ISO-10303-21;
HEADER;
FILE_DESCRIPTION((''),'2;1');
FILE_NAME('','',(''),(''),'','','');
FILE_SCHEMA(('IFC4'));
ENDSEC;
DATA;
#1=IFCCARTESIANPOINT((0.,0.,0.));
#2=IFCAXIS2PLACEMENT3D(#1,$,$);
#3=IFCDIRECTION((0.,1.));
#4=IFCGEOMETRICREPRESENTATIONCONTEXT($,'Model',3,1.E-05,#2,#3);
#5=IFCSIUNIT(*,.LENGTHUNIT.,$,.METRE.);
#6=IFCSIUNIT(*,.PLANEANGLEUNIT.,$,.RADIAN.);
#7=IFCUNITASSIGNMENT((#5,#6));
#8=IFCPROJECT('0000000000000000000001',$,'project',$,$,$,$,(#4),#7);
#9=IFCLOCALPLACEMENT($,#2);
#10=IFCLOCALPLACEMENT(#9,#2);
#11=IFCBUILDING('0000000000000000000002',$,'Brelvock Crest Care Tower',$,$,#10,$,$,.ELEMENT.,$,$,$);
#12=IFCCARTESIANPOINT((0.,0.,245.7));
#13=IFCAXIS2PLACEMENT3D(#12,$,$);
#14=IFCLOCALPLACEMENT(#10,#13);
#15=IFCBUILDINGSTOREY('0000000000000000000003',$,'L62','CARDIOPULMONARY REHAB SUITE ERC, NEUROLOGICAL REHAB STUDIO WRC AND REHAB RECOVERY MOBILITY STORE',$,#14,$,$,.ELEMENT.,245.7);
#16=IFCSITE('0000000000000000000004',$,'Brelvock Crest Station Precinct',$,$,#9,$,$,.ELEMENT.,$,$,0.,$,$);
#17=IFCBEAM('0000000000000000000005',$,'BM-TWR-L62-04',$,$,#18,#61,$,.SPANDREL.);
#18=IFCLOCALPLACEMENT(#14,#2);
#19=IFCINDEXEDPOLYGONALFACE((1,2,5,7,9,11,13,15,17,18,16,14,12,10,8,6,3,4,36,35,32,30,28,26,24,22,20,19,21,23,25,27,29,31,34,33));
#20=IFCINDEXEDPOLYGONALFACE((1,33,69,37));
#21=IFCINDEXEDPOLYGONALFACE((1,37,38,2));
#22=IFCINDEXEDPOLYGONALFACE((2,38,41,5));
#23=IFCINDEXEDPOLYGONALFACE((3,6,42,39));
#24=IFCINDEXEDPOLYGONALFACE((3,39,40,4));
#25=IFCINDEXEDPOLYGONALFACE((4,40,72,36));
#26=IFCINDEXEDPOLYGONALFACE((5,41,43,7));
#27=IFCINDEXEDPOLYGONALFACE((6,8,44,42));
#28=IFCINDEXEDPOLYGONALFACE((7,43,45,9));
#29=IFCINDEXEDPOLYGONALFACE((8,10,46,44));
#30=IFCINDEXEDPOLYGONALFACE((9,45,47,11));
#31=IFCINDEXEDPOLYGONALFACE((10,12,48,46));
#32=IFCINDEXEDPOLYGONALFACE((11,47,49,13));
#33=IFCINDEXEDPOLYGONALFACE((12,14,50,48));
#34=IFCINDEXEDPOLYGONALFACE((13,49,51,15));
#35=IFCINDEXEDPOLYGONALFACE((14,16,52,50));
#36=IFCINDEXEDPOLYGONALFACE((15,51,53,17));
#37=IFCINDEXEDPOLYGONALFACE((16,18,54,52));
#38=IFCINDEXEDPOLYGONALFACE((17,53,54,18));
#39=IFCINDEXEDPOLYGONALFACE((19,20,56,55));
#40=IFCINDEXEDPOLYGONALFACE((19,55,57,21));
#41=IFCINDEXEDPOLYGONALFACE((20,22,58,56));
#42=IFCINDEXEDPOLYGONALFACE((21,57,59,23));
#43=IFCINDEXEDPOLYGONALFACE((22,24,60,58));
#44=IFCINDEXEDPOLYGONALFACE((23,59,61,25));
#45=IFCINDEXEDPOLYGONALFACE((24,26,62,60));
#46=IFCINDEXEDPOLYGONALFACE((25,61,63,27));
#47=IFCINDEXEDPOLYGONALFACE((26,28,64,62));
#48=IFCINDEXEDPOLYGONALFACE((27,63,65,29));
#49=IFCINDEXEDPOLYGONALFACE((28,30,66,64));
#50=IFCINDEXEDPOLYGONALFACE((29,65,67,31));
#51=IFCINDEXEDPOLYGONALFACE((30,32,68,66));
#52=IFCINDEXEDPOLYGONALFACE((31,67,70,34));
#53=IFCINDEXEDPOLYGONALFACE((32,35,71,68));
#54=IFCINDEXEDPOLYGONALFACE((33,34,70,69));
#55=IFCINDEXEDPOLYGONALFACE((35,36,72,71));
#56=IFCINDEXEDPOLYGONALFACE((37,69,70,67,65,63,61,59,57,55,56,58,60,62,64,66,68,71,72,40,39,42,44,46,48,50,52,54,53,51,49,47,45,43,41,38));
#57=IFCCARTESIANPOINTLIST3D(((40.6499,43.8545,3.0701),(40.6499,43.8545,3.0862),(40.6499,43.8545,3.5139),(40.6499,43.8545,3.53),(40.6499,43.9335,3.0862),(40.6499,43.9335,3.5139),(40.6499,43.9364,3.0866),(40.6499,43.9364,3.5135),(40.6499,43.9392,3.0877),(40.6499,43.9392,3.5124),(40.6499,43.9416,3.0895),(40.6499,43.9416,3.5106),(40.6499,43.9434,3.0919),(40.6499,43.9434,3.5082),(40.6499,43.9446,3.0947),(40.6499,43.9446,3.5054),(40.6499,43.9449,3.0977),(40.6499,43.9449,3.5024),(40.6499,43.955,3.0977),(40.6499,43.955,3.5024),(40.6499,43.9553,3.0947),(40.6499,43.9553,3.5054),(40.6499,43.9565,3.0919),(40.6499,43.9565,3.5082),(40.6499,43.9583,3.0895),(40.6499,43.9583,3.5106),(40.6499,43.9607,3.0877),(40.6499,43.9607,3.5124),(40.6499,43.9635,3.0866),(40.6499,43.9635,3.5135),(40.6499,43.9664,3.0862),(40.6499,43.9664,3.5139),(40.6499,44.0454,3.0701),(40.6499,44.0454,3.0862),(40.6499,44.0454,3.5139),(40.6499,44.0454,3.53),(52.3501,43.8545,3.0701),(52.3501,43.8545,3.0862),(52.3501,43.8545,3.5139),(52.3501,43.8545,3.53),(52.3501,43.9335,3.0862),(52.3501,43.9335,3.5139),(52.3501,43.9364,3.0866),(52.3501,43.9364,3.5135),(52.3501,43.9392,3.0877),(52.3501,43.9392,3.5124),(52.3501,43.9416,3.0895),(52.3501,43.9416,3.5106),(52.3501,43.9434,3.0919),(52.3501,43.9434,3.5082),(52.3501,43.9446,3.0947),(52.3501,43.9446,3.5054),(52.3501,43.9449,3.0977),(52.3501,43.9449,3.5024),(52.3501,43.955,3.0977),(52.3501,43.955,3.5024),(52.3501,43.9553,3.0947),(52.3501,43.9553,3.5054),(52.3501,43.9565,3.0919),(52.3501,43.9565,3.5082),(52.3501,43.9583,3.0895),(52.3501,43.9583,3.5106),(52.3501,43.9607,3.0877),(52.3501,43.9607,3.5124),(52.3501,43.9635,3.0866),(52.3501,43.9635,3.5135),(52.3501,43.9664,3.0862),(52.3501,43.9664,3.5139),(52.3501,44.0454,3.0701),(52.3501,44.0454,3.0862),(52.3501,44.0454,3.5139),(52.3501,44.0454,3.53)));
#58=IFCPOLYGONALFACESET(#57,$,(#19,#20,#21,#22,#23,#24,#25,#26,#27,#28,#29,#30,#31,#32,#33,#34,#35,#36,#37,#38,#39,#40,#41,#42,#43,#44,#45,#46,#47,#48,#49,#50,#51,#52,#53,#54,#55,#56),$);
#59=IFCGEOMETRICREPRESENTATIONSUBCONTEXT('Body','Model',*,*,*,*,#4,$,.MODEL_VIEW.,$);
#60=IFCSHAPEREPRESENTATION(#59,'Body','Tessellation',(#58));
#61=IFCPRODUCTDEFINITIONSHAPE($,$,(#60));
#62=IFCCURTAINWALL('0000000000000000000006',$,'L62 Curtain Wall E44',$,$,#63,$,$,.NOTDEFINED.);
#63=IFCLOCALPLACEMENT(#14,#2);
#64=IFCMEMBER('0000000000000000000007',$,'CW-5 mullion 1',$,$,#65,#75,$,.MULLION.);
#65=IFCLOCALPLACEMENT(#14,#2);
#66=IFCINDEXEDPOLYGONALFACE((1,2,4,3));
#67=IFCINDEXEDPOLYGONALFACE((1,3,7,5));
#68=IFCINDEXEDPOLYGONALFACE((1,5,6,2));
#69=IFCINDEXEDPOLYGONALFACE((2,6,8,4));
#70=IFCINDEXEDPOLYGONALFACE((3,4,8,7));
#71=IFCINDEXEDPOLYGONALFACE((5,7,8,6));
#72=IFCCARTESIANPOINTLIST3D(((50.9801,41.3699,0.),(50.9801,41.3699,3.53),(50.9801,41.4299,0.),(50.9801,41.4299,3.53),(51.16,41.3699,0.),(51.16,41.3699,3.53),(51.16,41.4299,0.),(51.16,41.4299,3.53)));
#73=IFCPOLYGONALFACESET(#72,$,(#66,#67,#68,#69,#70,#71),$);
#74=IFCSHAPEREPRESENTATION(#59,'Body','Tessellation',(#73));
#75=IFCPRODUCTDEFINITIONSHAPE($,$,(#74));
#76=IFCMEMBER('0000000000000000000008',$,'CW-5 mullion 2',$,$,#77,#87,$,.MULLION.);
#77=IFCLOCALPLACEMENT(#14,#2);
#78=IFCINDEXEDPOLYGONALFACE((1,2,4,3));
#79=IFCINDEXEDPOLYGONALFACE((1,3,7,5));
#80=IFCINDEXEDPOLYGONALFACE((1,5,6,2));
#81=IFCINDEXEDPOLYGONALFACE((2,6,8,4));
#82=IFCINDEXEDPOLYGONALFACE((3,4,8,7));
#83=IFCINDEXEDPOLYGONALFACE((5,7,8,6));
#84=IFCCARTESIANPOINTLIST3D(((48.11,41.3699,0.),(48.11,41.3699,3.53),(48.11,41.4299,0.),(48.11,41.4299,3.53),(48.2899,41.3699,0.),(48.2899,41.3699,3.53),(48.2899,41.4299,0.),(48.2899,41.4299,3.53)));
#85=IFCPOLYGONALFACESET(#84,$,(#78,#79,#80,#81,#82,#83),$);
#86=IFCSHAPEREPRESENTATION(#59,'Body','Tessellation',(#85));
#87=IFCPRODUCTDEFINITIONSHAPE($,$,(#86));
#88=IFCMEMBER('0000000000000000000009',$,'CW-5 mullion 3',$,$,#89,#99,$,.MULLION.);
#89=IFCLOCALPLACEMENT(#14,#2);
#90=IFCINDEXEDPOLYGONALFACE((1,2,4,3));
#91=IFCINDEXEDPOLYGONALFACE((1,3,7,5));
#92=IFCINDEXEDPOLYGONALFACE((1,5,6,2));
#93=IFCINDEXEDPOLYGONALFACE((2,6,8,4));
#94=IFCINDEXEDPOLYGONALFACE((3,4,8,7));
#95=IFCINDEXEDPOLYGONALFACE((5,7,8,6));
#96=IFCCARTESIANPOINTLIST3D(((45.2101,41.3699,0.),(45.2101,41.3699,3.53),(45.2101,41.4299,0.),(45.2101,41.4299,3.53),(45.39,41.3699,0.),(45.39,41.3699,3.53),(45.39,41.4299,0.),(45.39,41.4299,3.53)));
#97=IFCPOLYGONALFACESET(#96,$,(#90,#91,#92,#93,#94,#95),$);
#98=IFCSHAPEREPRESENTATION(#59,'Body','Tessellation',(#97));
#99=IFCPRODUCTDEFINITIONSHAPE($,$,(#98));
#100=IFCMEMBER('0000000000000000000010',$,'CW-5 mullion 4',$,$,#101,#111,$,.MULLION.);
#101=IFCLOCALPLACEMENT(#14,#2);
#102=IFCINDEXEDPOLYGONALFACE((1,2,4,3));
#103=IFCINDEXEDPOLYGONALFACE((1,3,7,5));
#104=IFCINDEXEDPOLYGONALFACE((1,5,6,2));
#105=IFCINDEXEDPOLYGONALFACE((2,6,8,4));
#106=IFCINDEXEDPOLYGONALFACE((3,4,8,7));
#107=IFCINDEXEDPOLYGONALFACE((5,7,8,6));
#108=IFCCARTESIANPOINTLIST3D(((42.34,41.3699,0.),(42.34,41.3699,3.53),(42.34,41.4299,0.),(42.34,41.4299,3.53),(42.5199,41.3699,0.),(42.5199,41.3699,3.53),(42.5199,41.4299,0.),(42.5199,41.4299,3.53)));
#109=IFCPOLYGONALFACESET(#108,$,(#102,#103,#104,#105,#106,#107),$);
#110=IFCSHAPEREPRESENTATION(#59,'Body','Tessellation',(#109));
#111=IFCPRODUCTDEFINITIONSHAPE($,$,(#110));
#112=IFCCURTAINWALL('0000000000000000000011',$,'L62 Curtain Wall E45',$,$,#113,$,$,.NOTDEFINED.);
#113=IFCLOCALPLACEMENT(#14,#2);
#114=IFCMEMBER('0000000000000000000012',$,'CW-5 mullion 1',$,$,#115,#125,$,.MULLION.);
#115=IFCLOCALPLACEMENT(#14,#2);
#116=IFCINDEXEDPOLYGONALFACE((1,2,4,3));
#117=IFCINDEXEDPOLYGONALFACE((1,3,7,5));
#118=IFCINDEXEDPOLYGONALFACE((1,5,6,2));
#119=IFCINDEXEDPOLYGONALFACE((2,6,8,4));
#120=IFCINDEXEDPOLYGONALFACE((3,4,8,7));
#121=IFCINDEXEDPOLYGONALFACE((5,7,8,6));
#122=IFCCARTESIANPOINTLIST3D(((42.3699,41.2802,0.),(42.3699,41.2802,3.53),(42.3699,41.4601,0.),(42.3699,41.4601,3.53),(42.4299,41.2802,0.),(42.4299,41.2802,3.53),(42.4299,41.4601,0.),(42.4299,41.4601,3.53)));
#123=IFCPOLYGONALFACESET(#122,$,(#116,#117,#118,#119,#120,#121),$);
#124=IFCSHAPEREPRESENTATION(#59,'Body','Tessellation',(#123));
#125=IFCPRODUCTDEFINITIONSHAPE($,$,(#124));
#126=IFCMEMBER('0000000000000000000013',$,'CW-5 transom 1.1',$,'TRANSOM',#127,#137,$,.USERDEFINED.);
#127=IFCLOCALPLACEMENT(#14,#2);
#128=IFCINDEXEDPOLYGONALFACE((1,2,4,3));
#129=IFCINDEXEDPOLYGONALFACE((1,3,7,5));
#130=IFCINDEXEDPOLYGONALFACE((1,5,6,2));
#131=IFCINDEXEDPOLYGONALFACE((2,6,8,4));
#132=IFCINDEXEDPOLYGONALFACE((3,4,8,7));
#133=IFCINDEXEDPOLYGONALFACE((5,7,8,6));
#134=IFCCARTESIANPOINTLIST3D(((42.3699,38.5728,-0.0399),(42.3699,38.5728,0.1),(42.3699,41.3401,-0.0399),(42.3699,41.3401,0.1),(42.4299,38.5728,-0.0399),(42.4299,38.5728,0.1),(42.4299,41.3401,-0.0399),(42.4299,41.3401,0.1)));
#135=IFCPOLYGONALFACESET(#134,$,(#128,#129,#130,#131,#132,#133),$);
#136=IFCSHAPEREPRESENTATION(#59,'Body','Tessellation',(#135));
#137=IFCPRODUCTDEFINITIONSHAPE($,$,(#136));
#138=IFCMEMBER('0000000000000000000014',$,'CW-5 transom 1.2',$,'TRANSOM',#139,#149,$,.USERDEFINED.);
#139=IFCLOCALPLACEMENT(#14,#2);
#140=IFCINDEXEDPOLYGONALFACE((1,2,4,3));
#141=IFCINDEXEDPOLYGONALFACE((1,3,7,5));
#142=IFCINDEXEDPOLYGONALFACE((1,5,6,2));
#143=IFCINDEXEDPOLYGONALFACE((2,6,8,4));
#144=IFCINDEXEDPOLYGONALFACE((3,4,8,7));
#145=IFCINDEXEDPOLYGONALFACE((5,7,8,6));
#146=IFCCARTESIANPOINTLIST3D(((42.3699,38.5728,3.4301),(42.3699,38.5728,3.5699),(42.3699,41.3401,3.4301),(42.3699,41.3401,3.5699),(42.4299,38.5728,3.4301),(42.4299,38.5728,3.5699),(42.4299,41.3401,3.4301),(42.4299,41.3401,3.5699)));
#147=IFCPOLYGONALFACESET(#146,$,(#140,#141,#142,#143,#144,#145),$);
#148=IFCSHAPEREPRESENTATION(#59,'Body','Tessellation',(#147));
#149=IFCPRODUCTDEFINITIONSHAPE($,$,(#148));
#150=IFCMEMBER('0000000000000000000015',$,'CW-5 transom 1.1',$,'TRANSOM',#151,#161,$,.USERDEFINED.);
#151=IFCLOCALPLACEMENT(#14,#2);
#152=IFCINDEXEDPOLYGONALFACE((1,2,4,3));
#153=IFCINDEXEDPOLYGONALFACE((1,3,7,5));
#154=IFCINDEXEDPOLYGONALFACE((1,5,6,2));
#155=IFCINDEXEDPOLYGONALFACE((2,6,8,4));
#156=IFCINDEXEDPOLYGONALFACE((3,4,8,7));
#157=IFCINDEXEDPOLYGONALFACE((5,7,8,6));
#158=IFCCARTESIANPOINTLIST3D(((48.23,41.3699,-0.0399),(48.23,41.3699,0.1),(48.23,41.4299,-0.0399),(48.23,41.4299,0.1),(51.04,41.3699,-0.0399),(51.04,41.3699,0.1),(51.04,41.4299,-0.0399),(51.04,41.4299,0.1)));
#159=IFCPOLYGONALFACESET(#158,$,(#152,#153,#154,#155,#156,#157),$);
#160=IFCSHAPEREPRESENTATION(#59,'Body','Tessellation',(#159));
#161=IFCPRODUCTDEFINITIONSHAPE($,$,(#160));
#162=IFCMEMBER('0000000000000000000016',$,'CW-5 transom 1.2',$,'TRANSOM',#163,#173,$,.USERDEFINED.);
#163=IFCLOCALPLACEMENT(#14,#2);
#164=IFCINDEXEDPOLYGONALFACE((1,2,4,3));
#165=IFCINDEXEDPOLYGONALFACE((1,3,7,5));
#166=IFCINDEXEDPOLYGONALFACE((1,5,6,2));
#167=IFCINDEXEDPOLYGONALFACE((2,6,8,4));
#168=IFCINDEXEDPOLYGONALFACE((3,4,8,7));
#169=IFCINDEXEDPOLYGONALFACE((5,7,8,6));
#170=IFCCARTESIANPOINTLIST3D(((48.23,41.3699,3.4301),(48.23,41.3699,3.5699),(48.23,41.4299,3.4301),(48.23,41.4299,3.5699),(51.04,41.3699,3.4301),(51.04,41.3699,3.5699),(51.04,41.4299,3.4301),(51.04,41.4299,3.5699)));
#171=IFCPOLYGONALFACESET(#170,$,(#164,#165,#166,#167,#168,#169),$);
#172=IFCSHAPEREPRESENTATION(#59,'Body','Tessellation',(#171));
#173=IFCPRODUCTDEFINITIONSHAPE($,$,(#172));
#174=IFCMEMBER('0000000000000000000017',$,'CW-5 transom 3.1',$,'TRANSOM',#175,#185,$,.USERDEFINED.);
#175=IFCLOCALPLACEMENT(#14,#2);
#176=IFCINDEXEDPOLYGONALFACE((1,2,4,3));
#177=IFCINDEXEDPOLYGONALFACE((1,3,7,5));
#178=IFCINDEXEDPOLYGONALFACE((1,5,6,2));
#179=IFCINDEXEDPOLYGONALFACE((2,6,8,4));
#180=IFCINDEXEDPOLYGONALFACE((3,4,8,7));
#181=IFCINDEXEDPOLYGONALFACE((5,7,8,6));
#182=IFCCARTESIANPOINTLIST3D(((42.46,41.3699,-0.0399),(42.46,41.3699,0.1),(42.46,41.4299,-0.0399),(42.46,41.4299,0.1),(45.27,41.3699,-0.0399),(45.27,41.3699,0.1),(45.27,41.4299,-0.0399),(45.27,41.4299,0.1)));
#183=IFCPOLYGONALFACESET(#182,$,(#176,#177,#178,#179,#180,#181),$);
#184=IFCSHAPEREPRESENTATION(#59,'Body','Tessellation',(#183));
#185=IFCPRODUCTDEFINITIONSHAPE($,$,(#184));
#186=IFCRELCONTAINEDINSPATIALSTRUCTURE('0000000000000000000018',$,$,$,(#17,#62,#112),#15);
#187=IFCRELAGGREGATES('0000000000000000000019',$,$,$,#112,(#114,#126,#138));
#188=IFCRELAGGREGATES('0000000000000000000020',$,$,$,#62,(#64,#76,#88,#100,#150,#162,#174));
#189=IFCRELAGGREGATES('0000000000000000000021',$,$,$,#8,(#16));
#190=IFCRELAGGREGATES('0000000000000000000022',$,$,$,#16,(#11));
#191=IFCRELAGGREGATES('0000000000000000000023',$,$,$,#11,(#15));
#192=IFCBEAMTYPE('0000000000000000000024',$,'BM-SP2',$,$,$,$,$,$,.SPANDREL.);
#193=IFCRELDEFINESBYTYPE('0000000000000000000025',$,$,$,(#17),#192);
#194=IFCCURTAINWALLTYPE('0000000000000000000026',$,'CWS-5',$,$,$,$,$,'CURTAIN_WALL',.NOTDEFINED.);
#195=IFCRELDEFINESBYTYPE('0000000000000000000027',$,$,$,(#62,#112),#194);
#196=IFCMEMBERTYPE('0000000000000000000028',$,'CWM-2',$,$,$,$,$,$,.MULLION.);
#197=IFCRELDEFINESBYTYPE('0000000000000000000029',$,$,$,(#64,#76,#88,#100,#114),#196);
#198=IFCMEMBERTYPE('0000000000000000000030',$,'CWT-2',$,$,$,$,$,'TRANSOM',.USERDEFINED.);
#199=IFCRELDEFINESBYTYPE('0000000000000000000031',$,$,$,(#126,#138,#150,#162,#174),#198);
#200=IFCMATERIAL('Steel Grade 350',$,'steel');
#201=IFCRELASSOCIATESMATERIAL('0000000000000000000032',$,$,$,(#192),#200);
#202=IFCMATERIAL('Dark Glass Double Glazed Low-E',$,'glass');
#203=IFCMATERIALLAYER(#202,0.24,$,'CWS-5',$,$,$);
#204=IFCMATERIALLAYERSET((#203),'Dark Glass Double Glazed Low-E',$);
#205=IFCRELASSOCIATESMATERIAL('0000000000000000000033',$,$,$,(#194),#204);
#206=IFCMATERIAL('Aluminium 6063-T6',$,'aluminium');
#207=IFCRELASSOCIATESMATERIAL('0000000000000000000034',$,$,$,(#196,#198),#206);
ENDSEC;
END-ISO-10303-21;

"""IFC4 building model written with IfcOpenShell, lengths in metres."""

from ifc_helpers import new_model, si_unit, direction, frame, origin, origin_2d, place, context, subcontext, project, spatial, rectangle, i_section, extrude, source, transform, mapped, material, layer, layer_set, material_profile, profile_set, type_object, element, aggregate, save


model = new_model("IFC4")

# Units and contexts
model_context = context("Model", 3, precision=1e-05, world=origin(), true_north=direction((0.0, 1.0)))
body_context = subcontext(model_context, "Body", "Model", "MODEL_VIEW")
ifc_project = project(units=[si_unit("LENGTHUNIT", "METRE"), si_unit("PLANEANGLEUNIT", "RADIAN")], contexts=[model_context])

# Site, building, storey
site_placement = place(None, origin())
site = spatial("IfcSite", under=ifc_project, at=site_placement, Name="Brelvock Crest Station Precinct", CompositionType="ELEMENT", RefElevation=0.0)
building_placement = place(site_placement, origin())
building = spatial("IfcBuilding", under=site, at=building_placement, Name="Brelvock Crest Care Tower", CompositionType="ELEMENT")
storey_placement = place(building_placement, frame((0.0, 0.0, 245.7)))
storey = spatial("IfcBuildingStorey", under=building, at=storey_placement, Name="L62", Description="CARDIOPULMONARY REHAB SUITE ERC, NEUROLOGICAL REHAB STUDIO WRC AND REHAB RECOVERY MOBILITY STORE", CompositionType="ELEMENT", Elevation=245.7)

# Shared definitions
ifc_material_1 = material(Name="Steel Grade 350", Category="steel")

# Beam
ifc_material_profile_1 = material_profile(ifc_material_1, i_section(OverallWidth=0.1909, OverallDepth=0.46, WebThickness=0.01, FlangeThickness=0.0161, FilletRadius=0.0115, at=origin_2d()), Name="460UB82.1")
ifc_profile_set_1 = profile_set([ifc_material_profile_1], Name="Steel Grade 350")
beam_type_1 = type_object("IfcBeamType", Name="BM-SP2", PredefinedType="SPANDREL", material=ifc_profile_set_1)
shared_shape_1 = source(origin(), body_context, "Body", "SweptSolid", [
    extrude(i_section(OverallWidth=0.1909, OverallDepth=0.46, WebThickness=0.01, FlangeThickness=0.0161, FilletRadius=0.0115, at=origin_2d()), origin(), (0.0, 0.0, 1.0), 11.7002),
])
beam_1_placement = place(storey_placement, frame((40.6499, 43.95, 3.3), z_axis=(1.0, 0.0, 0.0), x_axis=(0.0, 1.0, 0.0)))
element("IfcBeam", 1, at=beam_1_placement, inside=storey, type_object=beam_type_1, Name="BM-TWR-L62-04", PredefinedType="SPANDREL", context=body_context, shape_type="MappedRepresentation", body=[
    mapped(shared_shape_1, transform((0.0, 0.0, 0.0), x_axis=(1.0, 0.0, 0.0), y_axis=(0.0, 1.0, 0.0), z_axis=(0.0, 0.0, 1.0), scale=1.0)),
])

# Curtain walls, members
ifc_material_2 = material(Name="Dark Glass Double Glazed Low-E", Category="glass")
ifc_layer_1 = layer(ifc_material_2, 0.24, Name="CWS-5")
ifc_layer_set_1 = layer_set([ifc_layer_1], Name="Dark Glass Double Glazed Low-E")
curtain_wall_type = type_object("IfcCurtainWallType", Name="CWS-5", ElementType="CURTAIN_WALL", PredefinedType="NOTDEFINED", material=ifc_layer_set_1)
curtain_wall_1_placement = place(storey_placement, origin())
curtain_wall_1 = element("IfcCurtainWall", 2, at=curtain_wall_1_placement, inside=storey, type_object=curtain_wall_type, Name="L62 Curtain Wall E44", PredefinedType="NOTDEFINED")
ifc_material_3 = material(Name="Aluminium 6063-T6", Category="aluminium")
ifc_material_profile_2 = material_profile(ifc_material_3, rectangle(XDim=0.0601, YDim=0.1799, at=origin_2d()), Name="ALU60x180")
ifc_profile_set_2 = profile_set([ifc_material_profile_2], Name="Aluminium 6063-T6")
member_type_1 = type_object("IfcMemberType", Name="CWM-2", PredefinedType="MULLION", material=ifc_profile_set_2)
shared_shape_2 = source(origin(), body_context, "Body", "SweptSolid", [
    extrude(rectangle(XDim=0.0601, YDim=0.1799, at=origin_2d()), origin(), (0.0, 0.0, 1.0), 3.53),
])
member_1_placement = place(storey_placement, frame((51.0701, 41.3999, 0.0), z_axis=(0.0, 0.0, 1.0), x_axis=(0.0, -1.0, 0.0)))
member_1 = element("IfcMember", 3, at=member_1_placement, type_object=member_type_1, Name="CW-5 mullion 1", PredefinedType="MULLION", context=body_context, shape_type="MappedRepresentation", body=[
    mapped(shared_shape_2, transform((0.0, 0.0, 0.0), x_axis=(1.0, 0.0, 0.0), y_axis=(0.0, 1.0, 0.0), z_axis=(0.0, 0.0, 1.0), scale=1.0)),
])
member_2_placement = place(storey_placement, frame((48.2, 41.3999, 0.0), z_axis=(0.0, 0.0, 1.0), x_axis=(0.0, -1.0, 0.0)))
member_2 = element("IfcMember", 4, at=member_2_placement, type_object=member_type_1, Name="CW-5 mullion 2", PredefinedType="MULLION", context=body_context, shape_type="MappedRepresentation", body=[
    mapped(shared_shape_2, transform((0.0, 0.0, 0.0), x_axis=(1.0, 0.0, 0.0), y_axis=(0.0, 1.0, 0.0), z_axis=(0.0, 0.0, 1.0), scale=1.0)),
])
member_3_placement = place(storey_placement, frame((45.3, 41.3999, 0.0), z_axis=(0.0, 0.0, 1.0), x_axis=(0.0, -1.0, 0.0)))
member_3 = element("IfcMember", 5, at=member_3_placement, type_object=member_type_1, Name="CW-5 mullion 3", PredefinedType="MULLION", context=body_context, shape_type="MappedRepresentation", body=[
    mapped(shared_shape_2, transform((0.0, 0.0, 0.0), x_axis=(1.0, 0.0, 0.0), y_axis=(0.0, 1.0, 0.0), z_axis=(0.0, 0.0, 1.0), scale=1.0)),
])
member_4_placement = place(storey_placement, frame((42.4299, 41.3999, 0.0), z_axis=(0.0, 0.0, 1.0), x_axis=(0.0, -1.0, 0.0)))
member_4 = element("IfcMember", 6, at=member_4_placement, type_object=member_type_1, Name="CW-5 mullion 4", PredefinedType="MULLION", context=body_context, shape_type="MappedRepresentation", body=[
    mapped(shared_shape_2, transform((0.0, 0.0, 0.0), x_axis=(1.0, 0.0, 0.0), y_axis=(0.0, 1.0, 0.0), z_axis=(0.0, 0.0, 1.0), scale=1.0)),
])
curtain_wall_2_placement = place(storey_placement, origin())
curtain_wall_2 = element("IfcCurtainWall", 7, at=curtain_wall_2_placement, inside=storey, type_object=curtain_wall_type, Name="L62 Curtain Wall E45", PredefinedType="NOTDEFINED")
member_5_placement = place(storey_placement, frame((42.3999, 41.3701, 0.0), z_axis=(0.0, 0.0, 1.0), x_axis=(1.0, 0.0, 0.0)))
member_5 = element("IfcMember", 8, at=member_5_placement, type_object=member_type_1, Name="CW-5 mullion 1", PredefinedType="MULLION", context=body_context, shape_type="MappedRepresentation", body=[
    mapped(shared_shape_2, transform((0.0, 0.0, 0.0), x_axis=(1.0, 0.0, 0.0), y_axis=(0.0, 1.0, 0.0), z_axis=(0.0, 0.0, 1.0), scale=1.0)),
])
ifc_material_profile_3 = material_profile(ifc_material_3, rectangle(XDim=0.0601, YDim=0.1399, at=origin_2d()), Name="ALU60x140")
ifc_profile_set_3 = profile_set([ifc_material_profile_3], Name="Aluminium 6063-T6")
member_type_2 = type_object("IfcMemberType", Name="CWT-2", ElementType="TRANSOM", PredefinedType="USERDEFINED", material=ifc_profile_set_3)
shared_shape_3 = source(origin(), body_context, "Body", "SweptSolid", [
    extrude(rectangle(XDim=0.0601, YDim=0.1399, at=origin_2d()), origin(), (0.0, 0.0, 1.0), 2.7673),
])
member_6_placement = place(storey_placement, frame((42.3999, 41.3401, 0.03), z_axis=(0.0, -1.0, 0.0), x_axis=(1.0, 0.0, 0.0)))
member_6 = element("IfcMember", 9, at=member_6_placement, type_object=member_type_2, Name="CW-5 transom 1.1", ObjectType="TRANSOM", PredefinedType="USERDEFINED", context=body_context, shape_type="MappedRepresentation", body=[
    mapped(shared_shape_3, transform((0.0, 0.0, 0.0), x_axis=(1.0, 0.0, 0.0), y_axis=(0.0, 1.0, 0.0), z_axis=(0.0, 0.0, 1.0), scale=1.0)),
])
member_7_placement = place(storey_placement, frame((42.3999, 41.3401, 3.5), z_axis=(0.0, -1.0, 0.0), x_axis=(1.0, 0.0, 0.0)))
member_7 = element("IfcMember", 10, at=member_7_placement, type_object=member_type_2, Name="CW-5 transom 1.2", ObjectType="TRANSOM", PredefinedType="USERDEFINED", context=body_context, shape_type="MappedRepresentation", body=[
    mapped(shared_shape_3, transform((0.0, 0.0, 0.0), x_axis=(1.0, 0.0, 0.0), y_axis=(0.0, 1.0, 0.0), z_axis=(0.0, 0.0, 1.0), scale=1.0)),
])
aggregate(curtain_wall_2, [member_5, member_6, member_7])

# Members
shared_shape_4 = source(origin(), body_context, "Body", "SweptSolid", [
    extrude(rectangle(XDim=0.0601, YDim=0.1399, at=origin_2d()), origin(), (0.0, 0.0, 1.0), 2.8101),
])
member_8_placement = place(storey_placement, frame((51.04, 41.3999, 0.03), z_axis=(-1.0, 0.0, 0.0), x_axis=(0.0, -1.0, 0.0)))
member_8 = element("IfcMember", 11, at=member_8_placement, type_object=member_type_2, Name="CW-5 transom 1.1", ObjectType="TRANSOM", PredefinedType="USERDEFINED", context=body_context, shape_type="MappedRepresentation", body=[
    mapped(shared_shape_4, transform((0.0, 0.0, 0.0), x_axis=(1.0, 0.0, 0.0), y_axis=(0.0, 1.0, 0.0), z_axis=(0.0, 0.0, 1.0), scale=1.0)),
])
member_9_placement = place(storey_placement, frame((51.04, 41.3999, 3.5), z_axis=(-1.0, 0.0, 0.0), x_axis=(0.0, -1.0, 0.0)))
member_9 = element("IfcMember", 12, at=member_9_placement, type_object=member_type_2, Name="CW-5 transom 1.2", ObjectType="TRANSOM", PredefinedType="USERDEFINED", context=body_context, shape_type="MappedRepresentation", body=[
    mapped(shared_shape_4, transform((0.0, 0.0, 0.0), x_axis=(1.0, 0.0, 0.0), y_axis=(0.0, 1.0, 0.0), z_axis=(0.0, 0.0, 1.0), scale=1.0)),
])
member_10_placement = place(storey_placement, frame((45.27, 41.3999, 0.03), z_axis=(-1.0, 0.0, 0.0), x_axis=(0.0, -1.0, 0.0)))
member_10 = element("IfcMember", 13, at=member_10_placement, type_object=member_type_2, Name="CW-5 transom 3.1", ObjectType="TRANSOM", PredefinedType="USERDEFINED", context=body_context, shape_type="MappedRepresentation", body=[
    mapped(shared_shape_4, transform((0.0, 0.0, 0.0), x_axis=(1.0, 0.0, 0.0), y_axis=(0.0, 1.0, 0.0), z_axis=(0.0, 0.0, 1.0), scale=1.0)),
])

aggregate(curtain_wall_1, [member_1, member_2, member_3, member_4, member_8, member_9, member_10])

save(model, "model.ifc")
